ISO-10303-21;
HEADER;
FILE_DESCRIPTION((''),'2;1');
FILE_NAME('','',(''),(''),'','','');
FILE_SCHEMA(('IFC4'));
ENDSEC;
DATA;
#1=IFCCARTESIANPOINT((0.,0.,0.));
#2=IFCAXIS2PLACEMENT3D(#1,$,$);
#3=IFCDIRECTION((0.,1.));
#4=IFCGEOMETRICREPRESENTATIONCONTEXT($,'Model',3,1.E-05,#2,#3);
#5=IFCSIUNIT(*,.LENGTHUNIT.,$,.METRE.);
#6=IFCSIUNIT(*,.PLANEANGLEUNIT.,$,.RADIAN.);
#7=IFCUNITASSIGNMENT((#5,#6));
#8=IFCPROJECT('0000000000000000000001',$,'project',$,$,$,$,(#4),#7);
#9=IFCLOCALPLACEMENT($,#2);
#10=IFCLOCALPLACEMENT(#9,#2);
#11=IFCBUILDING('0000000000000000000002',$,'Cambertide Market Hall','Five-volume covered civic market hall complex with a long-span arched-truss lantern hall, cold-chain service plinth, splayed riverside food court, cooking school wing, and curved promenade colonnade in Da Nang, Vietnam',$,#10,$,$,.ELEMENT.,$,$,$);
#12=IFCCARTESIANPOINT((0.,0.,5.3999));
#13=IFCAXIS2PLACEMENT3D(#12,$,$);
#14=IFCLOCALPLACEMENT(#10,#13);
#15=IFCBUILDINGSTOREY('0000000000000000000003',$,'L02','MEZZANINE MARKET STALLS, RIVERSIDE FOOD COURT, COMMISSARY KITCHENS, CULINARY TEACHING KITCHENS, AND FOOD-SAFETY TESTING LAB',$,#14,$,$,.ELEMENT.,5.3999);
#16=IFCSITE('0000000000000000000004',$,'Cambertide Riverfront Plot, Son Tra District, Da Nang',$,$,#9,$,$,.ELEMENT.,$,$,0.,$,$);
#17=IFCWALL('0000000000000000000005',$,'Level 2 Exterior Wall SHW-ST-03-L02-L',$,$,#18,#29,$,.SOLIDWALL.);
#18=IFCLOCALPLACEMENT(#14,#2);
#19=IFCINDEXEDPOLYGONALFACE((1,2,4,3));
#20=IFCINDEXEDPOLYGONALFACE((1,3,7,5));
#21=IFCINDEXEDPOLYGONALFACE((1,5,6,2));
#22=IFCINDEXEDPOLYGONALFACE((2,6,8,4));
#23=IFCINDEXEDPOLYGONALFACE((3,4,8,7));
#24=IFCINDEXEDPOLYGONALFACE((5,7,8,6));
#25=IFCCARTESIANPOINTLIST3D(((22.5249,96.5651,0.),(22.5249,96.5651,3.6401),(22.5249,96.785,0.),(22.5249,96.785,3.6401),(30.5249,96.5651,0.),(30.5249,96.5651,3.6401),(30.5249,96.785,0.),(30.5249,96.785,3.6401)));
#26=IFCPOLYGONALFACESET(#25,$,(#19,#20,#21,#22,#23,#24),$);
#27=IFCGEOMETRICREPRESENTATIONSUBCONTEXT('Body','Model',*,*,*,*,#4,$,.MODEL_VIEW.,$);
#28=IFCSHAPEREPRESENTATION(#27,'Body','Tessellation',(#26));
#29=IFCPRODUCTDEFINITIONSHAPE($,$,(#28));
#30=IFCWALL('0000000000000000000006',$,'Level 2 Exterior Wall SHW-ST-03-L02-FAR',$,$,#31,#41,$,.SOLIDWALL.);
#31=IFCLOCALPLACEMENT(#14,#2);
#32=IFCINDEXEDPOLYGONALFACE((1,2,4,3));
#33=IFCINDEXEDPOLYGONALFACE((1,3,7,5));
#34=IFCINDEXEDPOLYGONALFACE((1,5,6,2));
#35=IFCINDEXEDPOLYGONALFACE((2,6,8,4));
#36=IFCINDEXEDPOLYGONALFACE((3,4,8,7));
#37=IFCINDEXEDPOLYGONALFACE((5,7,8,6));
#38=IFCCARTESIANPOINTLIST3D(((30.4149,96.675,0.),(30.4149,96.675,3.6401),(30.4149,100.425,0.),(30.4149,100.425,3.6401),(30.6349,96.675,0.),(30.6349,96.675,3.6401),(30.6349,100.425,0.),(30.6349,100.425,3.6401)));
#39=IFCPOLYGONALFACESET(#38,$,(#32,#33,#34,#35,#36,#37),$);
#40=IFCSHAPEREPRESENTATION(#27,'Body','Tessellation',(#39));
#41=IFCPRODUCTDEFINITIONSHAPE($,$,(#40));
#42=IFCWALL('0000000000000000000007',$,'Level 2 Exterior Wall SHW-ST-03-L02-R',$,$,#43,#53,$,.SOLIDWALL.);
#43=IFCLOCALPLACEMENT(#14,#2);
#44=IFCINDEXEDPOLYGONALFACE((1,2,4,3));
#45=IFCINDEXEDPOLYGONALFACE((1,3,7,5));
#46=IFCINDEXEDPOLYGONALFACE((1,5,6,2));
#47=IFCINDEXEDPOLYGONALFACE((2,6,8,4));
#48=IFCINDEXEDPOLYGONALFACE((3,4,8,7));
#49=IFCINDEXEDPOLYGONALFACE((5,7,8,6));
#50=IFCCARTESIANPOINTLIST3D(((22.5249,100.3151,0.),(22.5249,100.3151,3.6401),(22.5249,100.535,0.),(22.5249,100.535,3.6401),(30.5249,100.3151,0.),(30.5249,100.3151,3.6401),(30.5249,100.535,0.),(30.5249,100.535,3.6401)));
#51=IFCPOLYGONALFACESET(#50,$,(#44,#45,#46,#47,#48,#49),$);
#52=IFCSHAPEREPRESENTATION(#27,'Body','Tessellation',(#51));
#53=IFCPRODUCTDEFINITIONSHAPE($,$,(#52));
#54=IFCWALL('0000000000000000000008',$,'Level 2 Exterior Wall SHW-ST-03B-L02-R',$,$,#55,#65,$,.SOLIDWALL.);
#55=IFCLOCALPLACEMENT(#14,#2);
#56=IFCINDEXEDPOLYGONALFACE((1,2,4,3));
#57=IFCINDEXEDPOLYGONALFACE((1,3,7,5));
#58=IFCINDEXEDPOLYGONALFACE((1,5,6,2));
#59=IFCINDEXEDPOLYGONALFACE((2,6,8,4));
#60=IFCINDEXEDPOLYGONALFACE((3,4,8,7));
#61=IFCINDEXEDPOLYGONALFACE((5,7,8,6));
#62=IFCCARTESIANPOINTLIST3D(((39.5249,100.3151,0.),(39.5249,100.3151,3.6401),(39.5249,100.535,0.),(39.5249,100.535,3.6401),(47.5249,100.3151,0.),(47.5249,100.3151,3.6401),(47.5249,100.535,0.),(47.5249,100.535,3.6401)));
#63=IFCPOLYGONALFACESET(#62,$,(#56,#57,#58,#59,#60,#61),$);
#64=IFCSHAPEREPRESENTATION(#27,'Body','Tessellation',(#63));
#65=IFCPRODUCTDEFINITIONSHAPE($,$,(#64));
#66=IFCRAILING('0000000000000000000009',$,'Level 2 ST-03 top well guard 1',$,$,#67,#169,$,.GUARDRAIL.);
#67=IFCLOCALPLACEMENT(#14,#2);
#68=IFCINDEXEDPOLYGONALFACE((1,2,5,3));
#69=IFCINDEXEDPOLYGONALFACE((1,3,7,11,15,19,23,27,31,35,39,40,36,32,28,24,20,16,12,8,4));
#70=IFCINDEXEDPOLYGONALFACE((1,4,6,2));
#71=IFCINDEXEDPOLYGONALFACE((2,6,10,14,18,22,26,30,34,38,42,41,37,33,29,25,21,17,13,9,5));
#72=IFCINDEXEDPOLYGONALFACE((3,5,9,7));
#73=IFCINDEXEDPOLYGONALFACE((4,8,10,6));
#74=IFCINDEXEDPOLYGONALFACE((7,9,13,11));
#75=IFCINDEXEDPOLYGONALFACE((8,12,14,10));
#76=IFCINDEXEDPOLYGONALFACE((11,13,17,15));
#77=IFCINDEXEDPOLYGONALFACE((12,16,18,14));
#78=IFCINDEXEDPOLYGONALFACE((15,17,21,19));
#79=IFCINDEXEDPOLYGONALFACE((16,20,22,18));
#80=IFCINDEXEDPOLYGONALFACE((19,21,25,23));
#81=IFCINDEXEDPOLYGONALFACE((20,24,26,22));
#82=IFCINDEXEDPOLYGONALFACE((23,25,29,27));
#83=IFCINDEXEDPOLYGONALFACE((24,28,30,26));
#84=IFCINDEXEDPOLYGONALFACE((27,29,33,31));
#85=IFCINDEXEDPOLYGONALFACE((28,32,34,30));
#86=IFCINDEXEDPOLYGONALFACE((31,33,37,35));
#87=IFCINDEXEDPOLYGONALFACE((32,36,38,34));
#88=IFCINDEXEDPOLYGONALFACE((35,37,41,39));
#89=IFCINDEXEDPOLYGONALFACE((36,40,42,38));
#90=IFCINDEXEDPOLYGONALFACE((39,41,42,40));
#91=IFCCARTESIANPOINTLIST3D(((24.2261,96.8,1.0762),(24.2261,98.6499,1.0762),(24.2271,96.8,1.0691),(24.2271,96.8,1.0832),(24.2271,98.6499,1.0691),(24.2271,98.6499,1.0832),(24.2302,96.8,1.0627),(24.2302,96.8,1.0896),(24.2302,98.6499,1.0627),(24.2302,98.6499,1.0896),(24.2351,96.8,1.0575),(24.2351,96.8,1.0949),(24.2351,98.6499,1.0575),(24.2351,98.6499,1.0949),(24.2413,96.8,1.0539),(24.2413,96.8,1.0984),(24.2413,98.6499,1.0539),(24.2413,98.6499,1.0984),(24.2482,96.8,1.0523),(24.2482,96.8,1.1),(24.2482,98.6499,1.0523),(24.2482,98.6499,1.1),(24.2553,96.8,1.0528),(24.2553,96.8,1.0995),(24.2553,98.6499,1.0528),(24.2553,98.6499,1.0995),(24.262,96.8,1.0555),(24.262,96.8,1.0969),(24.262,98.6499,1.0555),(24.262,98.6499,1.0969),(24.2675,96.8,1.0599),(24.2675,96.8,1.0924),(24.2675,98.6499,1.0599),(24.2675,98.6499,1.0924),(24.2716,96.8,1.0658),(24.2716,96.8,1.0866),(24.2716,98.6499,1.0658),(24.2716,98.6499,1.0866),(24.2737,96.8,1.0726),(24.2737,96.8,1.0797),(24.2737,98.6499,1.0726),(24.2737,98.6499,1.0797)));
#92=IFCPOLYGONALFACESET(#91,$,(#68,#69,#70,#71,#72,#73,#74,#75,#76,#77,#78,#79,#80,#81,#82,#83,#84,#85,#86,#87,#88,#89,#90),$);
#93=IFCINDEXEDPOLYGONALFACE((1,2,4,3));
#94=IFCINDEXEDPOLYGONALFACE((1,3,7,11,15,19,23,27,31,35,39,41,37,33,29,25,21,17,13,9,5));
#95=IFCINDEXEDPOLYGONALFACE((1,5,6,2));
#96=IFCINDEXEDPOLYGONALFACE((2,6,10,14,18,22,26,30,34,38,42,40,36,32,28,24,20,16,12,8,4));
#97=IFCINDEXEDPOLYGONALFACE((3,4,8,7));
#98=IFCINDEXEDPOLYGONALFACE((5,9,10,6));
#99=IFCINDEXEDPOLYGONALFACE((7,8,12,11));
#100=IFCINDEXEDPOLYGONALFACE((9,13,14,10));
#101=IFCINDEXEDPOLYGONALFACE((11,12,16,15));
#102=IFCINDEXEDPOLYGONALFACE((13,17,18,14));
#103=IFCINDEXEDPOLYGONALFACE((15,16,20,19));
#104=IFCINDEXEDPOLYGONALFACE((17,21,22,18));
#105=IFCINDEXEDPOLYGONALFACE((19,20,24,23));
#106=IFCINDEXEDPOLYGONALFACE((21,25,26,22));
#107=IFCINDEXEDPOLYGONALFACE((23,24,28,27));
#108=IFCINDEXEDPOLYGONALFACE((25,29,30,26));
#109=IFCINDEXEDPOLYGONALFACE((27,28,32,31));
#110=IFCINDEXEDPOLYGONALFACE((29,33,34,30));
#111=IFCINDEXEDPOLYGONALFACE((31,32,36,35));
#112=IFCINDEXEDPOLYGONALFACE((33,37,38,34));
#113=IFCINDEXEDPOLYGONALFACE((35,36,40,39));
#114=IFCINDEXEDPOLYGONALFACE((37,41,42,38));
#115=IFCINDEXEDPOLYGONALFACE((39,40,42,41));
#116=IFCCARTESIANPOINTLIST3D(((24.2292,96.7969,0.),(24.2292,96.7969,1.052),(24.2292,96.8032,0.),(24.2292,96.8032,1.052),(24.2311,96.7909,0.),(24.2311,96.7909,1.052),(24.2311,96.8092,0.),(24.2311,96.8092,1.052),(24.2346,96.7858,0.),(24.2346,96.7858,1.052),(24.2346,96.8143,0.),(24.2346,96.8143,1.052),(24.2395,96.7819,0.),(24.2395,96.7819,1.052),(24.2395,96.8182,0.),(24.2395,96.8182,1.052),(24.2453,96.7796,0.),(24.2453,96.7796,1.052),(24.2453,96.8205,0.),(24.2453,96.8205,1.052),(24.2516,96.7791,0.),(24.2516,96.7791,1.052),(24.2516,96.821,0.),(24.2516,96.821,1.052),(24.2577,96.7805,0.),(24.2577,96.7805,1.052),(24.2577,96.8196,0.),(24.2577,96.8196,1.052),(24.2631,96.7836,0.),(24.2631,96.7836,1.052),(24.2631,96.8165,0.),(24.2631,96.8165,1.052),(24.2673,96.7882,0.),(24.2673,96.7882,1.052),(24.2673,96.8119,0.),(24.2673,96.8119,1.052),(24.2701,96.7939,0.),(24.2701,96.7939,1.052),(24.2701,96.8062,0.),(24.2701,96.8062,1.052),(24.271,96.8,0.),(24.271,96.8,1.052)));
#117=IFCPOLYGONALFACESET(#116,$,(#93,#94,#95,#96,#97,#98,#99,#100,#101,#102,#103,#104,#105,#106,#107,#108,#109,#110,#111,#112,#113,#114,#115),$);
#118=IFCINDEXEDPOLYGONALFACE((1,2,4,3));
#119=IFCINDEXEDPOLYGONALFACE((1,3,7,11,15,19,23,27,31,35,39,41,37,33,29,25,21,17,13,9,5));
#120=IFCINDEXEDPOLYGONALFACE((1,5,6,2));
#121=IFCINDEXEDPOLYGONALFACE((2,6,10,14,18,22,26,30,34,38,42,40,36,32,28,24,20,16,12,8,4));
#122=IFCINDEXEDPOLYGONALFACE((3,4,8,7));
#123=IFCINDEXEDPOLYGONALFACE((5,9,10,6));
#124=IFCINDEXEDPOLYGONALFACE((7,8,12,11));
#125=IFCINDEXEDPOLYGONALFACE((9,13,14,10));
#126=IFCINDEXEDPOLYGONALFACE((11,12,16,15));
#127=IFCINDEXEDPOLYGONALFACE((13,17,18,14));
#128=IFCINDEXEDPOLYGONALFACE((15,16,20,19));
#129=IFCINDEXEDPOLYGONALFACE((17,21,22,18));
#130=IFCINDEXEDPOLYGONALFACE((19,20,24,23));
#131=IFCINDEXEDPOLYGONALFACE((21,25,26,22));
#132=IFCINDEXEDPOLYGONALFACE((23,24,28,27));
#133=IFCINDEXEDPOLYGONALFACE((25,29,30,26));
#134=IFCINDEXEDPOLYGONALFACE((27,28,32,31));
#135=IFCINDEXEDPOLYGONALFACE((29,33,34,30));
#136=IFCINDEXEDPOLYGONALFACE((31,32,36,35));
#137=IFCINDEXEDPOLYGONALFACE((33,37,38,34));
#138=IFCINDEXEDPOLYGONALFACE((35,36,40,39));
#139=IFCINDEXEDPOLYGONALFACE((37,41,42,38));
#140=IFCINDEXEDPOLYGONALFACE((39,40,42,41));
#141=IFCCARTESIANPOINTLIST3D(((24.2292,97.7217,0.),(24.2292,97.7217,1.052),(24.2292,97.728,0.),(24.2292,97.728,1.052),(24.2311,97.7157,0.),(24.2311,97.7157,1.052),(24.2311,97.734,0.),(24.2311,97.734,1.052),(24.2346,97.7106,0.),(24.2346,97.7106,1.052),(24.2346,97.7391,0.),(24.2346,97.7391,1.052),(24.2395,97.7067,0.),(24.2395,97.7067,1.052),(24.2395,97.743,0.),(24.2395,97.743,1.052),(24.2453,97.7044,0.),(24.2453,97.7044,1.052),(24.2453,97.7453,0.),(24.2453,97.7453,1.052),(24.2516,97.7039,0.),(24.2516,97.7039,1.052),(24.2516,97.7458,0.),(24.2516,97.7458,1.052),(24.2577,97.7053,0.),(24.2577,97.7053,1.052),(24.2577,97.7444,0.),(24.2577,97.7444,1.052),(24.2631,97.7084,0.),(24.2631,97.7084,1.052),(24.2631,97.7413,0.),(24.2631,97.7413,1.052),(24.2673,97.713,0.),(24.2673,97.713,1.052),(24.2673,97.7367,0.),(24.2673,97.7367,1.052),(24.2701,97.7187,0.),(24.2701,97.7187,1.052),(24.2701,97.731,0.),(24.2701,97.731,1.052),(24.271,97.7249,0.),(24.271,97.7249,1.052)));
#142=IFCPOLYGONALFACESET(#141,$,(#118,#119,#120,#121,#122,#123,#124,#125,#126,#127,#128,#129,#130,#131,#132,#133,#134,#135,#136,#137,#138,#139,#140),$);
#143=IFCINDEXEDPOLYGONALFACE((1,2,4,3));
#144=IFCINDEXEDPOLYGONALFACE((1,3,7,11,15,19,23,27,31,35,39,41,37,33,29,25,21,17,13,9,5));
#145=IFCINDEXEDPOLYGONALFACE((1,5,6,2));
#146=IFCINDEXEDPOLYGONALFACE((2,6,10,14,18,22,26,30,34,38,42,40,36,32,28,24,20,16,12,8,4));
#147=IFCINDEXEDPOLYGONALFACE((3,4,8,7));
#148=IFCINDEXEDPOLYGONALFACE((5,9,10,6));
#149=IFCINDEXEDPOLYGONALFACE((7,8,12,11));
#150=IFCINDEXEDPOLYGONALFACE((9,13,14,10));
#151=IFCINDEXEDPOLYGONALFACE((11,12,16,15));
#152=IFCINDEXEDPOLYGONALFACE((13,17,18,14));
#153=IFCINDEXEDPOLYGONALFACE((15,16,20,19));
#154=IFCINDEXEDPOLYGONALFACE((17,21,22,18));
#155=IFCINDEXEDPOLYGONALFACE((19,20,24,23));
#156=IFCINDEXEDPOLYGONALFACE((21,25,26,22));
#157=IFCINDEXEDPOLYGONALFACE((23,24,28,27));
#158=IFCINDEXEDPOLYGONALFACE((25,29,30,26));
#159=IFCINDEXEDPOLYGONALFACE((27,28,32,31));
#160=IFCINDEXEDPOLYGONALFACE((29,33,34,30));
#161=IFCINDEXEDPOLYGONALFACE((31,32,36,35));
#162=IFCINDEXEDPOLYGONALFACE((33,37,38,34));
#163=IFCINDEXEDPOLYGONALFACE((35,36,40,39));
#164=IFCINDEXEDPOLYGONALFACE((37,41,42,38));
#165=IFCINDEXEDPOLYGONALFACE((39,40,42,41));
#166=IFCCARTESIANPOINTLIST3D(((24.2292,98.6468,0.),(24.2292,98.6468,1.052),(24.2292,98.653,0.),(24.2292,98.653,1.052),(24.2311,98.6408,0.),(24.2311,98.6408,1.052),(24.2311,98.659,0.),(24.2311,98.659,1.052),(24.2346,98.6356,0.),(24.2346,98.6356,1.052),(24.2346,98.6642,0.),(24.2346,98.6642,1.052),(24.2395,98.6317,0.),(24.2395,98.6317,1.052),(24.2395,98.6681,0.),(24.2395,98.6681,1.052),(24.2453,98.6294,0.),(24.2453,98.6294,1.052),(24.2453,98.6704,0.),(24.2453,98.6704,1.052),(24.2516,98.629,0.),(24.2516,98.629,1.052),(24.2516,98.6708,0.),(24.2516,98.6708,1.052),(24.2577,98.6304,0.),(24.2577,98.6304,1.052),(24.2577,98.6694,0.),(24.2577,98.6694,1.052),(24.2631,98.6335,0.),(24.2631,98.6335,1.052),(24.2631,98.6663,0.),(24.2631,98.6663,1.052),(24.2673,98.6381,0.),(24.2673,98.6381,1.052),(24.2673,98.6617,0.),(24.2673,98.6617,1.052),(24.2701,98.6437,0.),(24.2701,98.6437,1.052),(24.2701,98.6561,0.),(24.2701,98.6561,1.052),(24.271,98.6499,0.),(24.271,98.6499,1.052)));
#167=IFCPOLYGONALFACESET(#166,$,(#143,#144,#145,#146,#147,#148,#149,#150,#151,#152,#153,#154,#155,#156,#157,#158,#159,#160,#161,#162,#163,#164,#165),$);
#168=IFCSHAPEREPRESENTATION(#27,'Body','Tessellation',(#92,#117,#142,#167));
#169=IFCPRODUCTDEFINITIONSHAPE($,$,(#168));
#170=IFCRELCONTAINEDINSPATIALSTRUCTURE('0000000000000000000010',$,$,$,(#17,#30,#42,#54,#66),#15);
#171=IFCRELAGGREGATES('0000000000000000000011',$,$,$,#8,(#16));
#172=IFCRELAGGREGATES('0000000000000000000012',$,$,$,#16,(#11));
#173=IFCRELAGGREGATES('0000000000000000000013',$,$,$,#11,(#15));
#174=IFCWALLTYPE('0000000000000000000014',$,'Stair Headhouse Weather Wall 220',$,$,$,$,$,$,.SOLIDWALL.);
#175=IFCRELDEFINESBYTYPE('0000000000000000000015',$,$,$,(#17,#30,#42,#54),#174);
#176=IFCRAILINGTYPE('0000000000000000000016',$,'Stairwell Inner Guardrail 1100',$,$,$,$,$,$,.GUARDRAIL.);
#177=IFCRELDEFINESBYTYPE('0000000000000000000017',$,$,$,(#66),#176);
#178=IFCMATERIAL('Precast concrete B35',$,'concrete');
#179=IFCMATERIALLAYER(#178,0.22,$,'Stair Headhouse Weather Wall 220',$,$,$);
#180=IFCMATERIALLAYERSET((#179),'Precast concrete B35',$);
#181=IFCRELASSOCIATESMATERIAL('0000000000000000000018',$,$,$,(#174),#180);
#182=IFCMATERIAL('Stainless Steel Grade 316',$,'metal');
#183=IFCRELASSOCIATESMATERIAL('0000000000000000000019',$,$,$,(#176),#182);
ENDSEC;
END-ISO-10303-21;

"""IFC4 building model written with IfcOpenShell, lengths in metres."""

from ifc_helpers import new_model, si_unit, direction, frame, frame_2d, origin, origin_2d, place, context, subcontext, project, spatial, rectangle, circle, extrude, material, layer, layer_set, type_object, element, save


model = new_model("IFC4")

# Units and contexts
model_context = context("Model", 3, precision=1e-05, world=origin(), true_north=direction((0.0, 1.0)))
body_context = subcontext(model_context, "Body", "Model", "MODEL_VIEW")
ifc_project = project(units=[si_unit("LENGTHUNIT", "METRE"), si_unit("PLANEANGLEUNIT", "RADIAN")], contexts=[model_context])

# Site, building, storey
site_placement = place(None, origin())
site = spatial("IfcSite", under=ifc_project, at=site_placement, Name="Cambertide Riverfront Plot, Son Tra District, Da Nang", CompositionType="ELEMENT", RefElevation=0.0)
building_placement = place(site_placement, origin())
building = spatial("IfcBuilding", under=site, at=building_placement, Name="Cambertide Market Hall", Description="Five-volume covered civic market hall complex with a long-span arched-truss lantern hall, cold-chain service plinth, splayed riverside food court, cooking school wing, and curved promenade colonnade in Da Nang, Vietnam", CompositionType="ELEMENT")
storey_placement = place(building_placement, frame((0.0, 0.0, 5.3999)))
storey = spatial("IfcBuildingStorey", under=building, at=storey_placement, Name="L02", Description="MEZZANINE MARKET STALLS, RIVERSIDE FOOD COURT, COMMISSARY KITCHENS, CULINARY TEACHING KITCHENS, AND FOOD-SAFETY TESTING LAB", CompositionType="ELEMENT", Elevation=5.3999)

# Shared definitions
ifc_material_1 = material(Name="Precast concrete B35", Category="concrete")
ifc_layer_1 = layer(ifc_material_1, 0.22, Name="Stair Headhouse Weather Wall 220")
ifc_layer_set_1 = layer_set([ifc_layer_1], Name="Precast concrete B35")
wall_type_1 = type_object("IfcWallType", Name="Stair Headhouse Weather Wall 220", PredefinedType="SOLIDWALL", material=ifc_layer_set_1)

# Walls
wall_1_placement = place(storey_placement, frame((30.5249, 96.675, 0.0), z_axis=(0.0, 0.0, 1.0), x_axis=(-1.0, 0.0, 0.0)))
element("IfcWall", 1, at=wall_1_placement, inside=storey, type_object=wall_type_1, Name="Level 2 Exterior Wall SHW-ST-03-L02-L", PredefinedType="SOLIDWALL", context=body_context, shape_type="SweptSolid", body=[
    extrude(rectangle(XDim=8.0, YDim=0.22, at=frame_2d((4.0, 0.0))), origin(), (0.0, 0.0, 1.0), 3.6401),
])
wall_2_placement = place(storey_placement, frame((30.5249, 100.425, 0.0), z_axis=(0.0, 0.0, 1.0), x_axis=(0.0, -1.0, 0.0)))
element("IfcWall", 2, at=wall_2_placement, inside=storey, type_object=wall_type_1, Name="Level 2 Exterior Wall SHW-ST-03-L02-FAR", PredefinedType="SOLIDWALL", context=body_context, shape_type="SweptSolid", body=[
    extrude(rectangle(XDim=3.75, YDim=0.22, at=frame_2d((1.875, 0.0))), origin(), (0.0, 0.0, 1.0), 3.6401),
])
wall_3_placement = place(storey_placement, frame((22.5249, 100.425, 0.0), z_axis=(0.0, 0.0, 1.0), x_axis=(1.0, 0.0, 0.0)))
element("IfcWall", 3, at=wall_3_placement, inside=storey, type_object=wall_type_1, Name="Level 2 Exterior Wall SHW-ST-03-L02-R", PredefinedType="SOLIDWALL", context=body_context, shape_type="SweptSolid", body=[
    extrude(rectangle(XDim=8.0, YDim=0.22, at=frame_2d((4.0, 0.0))), origin(), (0.0, 0.0, 1.0), 3.6401),
])

# Wall
wall_4_placement = place(storey_placement, frame((39.5249, 100.425, 0.0), z_axis=(0.0, 0.0, 1.0), x_axis=(1.0, 0.0, 0.0)))
element("IfcWall", 4, at=wall_4_placement, inside=storey, type_object=wall_type_1, Name="Level 2 Exterior Wall SHW-ST-03B-L02-R", PredefinedType="SOLIDWALL", context=body_context, shape_type="SweptSolid", body=[
    extrude(rectangle(XDim=8.0, YDim=0.22, at=frame_2d((4.0, 0.0))), origin(), (0.0, 0.0, 1.0), 3.6401),
])

# Railing
ifc_material_2 = material(Name="Stainless Steel Grade 316", Category="metal")
railing_type = type_object("IfcRailingType", Name="Stairwell Inner Guardrail 1100", PredefinedType="GUARDRAIL", material=ifc_material_2)
railing_placement = place(storey_placement, frame((24.25, 96.8, 0.0)))
element("IfcRailing", 5, at=railing_placement, inside=storey, type_object=railing_type, Name="Level 2 ST-03 top well guard 1", PredefinedType="GUARDRAIL", context=body_context, shape_type="SweptSolid", body=[
    extrude(circle(Radius=0.0239, at=origin_2d()), frame((0.0, 0.0, 1.0762), z_axis=(0.0, 1.0, 0.0), x_axis=(-1.0, 0.0, 0.0)), (0.0, 0.0, 1.0), 1.8499),
    extrude(circle(Radius=0.021, at=origin_2d()), origin(), (0.0, 0.0, 1.0), 1.052),
    extrude(circle(Radius=0.021, at=origin_2d()), frame((0.0, 0.9248, 0.0)), (0.0, 0.0, 1.0), 1.052),
    extrude(circle(Radius=0.021, at=origin_2d()), frame((0.0, 1.8499, 0.0)), (0.0, 0.0, 1.0), 1.052),
])

save(model, "model.ifc")
